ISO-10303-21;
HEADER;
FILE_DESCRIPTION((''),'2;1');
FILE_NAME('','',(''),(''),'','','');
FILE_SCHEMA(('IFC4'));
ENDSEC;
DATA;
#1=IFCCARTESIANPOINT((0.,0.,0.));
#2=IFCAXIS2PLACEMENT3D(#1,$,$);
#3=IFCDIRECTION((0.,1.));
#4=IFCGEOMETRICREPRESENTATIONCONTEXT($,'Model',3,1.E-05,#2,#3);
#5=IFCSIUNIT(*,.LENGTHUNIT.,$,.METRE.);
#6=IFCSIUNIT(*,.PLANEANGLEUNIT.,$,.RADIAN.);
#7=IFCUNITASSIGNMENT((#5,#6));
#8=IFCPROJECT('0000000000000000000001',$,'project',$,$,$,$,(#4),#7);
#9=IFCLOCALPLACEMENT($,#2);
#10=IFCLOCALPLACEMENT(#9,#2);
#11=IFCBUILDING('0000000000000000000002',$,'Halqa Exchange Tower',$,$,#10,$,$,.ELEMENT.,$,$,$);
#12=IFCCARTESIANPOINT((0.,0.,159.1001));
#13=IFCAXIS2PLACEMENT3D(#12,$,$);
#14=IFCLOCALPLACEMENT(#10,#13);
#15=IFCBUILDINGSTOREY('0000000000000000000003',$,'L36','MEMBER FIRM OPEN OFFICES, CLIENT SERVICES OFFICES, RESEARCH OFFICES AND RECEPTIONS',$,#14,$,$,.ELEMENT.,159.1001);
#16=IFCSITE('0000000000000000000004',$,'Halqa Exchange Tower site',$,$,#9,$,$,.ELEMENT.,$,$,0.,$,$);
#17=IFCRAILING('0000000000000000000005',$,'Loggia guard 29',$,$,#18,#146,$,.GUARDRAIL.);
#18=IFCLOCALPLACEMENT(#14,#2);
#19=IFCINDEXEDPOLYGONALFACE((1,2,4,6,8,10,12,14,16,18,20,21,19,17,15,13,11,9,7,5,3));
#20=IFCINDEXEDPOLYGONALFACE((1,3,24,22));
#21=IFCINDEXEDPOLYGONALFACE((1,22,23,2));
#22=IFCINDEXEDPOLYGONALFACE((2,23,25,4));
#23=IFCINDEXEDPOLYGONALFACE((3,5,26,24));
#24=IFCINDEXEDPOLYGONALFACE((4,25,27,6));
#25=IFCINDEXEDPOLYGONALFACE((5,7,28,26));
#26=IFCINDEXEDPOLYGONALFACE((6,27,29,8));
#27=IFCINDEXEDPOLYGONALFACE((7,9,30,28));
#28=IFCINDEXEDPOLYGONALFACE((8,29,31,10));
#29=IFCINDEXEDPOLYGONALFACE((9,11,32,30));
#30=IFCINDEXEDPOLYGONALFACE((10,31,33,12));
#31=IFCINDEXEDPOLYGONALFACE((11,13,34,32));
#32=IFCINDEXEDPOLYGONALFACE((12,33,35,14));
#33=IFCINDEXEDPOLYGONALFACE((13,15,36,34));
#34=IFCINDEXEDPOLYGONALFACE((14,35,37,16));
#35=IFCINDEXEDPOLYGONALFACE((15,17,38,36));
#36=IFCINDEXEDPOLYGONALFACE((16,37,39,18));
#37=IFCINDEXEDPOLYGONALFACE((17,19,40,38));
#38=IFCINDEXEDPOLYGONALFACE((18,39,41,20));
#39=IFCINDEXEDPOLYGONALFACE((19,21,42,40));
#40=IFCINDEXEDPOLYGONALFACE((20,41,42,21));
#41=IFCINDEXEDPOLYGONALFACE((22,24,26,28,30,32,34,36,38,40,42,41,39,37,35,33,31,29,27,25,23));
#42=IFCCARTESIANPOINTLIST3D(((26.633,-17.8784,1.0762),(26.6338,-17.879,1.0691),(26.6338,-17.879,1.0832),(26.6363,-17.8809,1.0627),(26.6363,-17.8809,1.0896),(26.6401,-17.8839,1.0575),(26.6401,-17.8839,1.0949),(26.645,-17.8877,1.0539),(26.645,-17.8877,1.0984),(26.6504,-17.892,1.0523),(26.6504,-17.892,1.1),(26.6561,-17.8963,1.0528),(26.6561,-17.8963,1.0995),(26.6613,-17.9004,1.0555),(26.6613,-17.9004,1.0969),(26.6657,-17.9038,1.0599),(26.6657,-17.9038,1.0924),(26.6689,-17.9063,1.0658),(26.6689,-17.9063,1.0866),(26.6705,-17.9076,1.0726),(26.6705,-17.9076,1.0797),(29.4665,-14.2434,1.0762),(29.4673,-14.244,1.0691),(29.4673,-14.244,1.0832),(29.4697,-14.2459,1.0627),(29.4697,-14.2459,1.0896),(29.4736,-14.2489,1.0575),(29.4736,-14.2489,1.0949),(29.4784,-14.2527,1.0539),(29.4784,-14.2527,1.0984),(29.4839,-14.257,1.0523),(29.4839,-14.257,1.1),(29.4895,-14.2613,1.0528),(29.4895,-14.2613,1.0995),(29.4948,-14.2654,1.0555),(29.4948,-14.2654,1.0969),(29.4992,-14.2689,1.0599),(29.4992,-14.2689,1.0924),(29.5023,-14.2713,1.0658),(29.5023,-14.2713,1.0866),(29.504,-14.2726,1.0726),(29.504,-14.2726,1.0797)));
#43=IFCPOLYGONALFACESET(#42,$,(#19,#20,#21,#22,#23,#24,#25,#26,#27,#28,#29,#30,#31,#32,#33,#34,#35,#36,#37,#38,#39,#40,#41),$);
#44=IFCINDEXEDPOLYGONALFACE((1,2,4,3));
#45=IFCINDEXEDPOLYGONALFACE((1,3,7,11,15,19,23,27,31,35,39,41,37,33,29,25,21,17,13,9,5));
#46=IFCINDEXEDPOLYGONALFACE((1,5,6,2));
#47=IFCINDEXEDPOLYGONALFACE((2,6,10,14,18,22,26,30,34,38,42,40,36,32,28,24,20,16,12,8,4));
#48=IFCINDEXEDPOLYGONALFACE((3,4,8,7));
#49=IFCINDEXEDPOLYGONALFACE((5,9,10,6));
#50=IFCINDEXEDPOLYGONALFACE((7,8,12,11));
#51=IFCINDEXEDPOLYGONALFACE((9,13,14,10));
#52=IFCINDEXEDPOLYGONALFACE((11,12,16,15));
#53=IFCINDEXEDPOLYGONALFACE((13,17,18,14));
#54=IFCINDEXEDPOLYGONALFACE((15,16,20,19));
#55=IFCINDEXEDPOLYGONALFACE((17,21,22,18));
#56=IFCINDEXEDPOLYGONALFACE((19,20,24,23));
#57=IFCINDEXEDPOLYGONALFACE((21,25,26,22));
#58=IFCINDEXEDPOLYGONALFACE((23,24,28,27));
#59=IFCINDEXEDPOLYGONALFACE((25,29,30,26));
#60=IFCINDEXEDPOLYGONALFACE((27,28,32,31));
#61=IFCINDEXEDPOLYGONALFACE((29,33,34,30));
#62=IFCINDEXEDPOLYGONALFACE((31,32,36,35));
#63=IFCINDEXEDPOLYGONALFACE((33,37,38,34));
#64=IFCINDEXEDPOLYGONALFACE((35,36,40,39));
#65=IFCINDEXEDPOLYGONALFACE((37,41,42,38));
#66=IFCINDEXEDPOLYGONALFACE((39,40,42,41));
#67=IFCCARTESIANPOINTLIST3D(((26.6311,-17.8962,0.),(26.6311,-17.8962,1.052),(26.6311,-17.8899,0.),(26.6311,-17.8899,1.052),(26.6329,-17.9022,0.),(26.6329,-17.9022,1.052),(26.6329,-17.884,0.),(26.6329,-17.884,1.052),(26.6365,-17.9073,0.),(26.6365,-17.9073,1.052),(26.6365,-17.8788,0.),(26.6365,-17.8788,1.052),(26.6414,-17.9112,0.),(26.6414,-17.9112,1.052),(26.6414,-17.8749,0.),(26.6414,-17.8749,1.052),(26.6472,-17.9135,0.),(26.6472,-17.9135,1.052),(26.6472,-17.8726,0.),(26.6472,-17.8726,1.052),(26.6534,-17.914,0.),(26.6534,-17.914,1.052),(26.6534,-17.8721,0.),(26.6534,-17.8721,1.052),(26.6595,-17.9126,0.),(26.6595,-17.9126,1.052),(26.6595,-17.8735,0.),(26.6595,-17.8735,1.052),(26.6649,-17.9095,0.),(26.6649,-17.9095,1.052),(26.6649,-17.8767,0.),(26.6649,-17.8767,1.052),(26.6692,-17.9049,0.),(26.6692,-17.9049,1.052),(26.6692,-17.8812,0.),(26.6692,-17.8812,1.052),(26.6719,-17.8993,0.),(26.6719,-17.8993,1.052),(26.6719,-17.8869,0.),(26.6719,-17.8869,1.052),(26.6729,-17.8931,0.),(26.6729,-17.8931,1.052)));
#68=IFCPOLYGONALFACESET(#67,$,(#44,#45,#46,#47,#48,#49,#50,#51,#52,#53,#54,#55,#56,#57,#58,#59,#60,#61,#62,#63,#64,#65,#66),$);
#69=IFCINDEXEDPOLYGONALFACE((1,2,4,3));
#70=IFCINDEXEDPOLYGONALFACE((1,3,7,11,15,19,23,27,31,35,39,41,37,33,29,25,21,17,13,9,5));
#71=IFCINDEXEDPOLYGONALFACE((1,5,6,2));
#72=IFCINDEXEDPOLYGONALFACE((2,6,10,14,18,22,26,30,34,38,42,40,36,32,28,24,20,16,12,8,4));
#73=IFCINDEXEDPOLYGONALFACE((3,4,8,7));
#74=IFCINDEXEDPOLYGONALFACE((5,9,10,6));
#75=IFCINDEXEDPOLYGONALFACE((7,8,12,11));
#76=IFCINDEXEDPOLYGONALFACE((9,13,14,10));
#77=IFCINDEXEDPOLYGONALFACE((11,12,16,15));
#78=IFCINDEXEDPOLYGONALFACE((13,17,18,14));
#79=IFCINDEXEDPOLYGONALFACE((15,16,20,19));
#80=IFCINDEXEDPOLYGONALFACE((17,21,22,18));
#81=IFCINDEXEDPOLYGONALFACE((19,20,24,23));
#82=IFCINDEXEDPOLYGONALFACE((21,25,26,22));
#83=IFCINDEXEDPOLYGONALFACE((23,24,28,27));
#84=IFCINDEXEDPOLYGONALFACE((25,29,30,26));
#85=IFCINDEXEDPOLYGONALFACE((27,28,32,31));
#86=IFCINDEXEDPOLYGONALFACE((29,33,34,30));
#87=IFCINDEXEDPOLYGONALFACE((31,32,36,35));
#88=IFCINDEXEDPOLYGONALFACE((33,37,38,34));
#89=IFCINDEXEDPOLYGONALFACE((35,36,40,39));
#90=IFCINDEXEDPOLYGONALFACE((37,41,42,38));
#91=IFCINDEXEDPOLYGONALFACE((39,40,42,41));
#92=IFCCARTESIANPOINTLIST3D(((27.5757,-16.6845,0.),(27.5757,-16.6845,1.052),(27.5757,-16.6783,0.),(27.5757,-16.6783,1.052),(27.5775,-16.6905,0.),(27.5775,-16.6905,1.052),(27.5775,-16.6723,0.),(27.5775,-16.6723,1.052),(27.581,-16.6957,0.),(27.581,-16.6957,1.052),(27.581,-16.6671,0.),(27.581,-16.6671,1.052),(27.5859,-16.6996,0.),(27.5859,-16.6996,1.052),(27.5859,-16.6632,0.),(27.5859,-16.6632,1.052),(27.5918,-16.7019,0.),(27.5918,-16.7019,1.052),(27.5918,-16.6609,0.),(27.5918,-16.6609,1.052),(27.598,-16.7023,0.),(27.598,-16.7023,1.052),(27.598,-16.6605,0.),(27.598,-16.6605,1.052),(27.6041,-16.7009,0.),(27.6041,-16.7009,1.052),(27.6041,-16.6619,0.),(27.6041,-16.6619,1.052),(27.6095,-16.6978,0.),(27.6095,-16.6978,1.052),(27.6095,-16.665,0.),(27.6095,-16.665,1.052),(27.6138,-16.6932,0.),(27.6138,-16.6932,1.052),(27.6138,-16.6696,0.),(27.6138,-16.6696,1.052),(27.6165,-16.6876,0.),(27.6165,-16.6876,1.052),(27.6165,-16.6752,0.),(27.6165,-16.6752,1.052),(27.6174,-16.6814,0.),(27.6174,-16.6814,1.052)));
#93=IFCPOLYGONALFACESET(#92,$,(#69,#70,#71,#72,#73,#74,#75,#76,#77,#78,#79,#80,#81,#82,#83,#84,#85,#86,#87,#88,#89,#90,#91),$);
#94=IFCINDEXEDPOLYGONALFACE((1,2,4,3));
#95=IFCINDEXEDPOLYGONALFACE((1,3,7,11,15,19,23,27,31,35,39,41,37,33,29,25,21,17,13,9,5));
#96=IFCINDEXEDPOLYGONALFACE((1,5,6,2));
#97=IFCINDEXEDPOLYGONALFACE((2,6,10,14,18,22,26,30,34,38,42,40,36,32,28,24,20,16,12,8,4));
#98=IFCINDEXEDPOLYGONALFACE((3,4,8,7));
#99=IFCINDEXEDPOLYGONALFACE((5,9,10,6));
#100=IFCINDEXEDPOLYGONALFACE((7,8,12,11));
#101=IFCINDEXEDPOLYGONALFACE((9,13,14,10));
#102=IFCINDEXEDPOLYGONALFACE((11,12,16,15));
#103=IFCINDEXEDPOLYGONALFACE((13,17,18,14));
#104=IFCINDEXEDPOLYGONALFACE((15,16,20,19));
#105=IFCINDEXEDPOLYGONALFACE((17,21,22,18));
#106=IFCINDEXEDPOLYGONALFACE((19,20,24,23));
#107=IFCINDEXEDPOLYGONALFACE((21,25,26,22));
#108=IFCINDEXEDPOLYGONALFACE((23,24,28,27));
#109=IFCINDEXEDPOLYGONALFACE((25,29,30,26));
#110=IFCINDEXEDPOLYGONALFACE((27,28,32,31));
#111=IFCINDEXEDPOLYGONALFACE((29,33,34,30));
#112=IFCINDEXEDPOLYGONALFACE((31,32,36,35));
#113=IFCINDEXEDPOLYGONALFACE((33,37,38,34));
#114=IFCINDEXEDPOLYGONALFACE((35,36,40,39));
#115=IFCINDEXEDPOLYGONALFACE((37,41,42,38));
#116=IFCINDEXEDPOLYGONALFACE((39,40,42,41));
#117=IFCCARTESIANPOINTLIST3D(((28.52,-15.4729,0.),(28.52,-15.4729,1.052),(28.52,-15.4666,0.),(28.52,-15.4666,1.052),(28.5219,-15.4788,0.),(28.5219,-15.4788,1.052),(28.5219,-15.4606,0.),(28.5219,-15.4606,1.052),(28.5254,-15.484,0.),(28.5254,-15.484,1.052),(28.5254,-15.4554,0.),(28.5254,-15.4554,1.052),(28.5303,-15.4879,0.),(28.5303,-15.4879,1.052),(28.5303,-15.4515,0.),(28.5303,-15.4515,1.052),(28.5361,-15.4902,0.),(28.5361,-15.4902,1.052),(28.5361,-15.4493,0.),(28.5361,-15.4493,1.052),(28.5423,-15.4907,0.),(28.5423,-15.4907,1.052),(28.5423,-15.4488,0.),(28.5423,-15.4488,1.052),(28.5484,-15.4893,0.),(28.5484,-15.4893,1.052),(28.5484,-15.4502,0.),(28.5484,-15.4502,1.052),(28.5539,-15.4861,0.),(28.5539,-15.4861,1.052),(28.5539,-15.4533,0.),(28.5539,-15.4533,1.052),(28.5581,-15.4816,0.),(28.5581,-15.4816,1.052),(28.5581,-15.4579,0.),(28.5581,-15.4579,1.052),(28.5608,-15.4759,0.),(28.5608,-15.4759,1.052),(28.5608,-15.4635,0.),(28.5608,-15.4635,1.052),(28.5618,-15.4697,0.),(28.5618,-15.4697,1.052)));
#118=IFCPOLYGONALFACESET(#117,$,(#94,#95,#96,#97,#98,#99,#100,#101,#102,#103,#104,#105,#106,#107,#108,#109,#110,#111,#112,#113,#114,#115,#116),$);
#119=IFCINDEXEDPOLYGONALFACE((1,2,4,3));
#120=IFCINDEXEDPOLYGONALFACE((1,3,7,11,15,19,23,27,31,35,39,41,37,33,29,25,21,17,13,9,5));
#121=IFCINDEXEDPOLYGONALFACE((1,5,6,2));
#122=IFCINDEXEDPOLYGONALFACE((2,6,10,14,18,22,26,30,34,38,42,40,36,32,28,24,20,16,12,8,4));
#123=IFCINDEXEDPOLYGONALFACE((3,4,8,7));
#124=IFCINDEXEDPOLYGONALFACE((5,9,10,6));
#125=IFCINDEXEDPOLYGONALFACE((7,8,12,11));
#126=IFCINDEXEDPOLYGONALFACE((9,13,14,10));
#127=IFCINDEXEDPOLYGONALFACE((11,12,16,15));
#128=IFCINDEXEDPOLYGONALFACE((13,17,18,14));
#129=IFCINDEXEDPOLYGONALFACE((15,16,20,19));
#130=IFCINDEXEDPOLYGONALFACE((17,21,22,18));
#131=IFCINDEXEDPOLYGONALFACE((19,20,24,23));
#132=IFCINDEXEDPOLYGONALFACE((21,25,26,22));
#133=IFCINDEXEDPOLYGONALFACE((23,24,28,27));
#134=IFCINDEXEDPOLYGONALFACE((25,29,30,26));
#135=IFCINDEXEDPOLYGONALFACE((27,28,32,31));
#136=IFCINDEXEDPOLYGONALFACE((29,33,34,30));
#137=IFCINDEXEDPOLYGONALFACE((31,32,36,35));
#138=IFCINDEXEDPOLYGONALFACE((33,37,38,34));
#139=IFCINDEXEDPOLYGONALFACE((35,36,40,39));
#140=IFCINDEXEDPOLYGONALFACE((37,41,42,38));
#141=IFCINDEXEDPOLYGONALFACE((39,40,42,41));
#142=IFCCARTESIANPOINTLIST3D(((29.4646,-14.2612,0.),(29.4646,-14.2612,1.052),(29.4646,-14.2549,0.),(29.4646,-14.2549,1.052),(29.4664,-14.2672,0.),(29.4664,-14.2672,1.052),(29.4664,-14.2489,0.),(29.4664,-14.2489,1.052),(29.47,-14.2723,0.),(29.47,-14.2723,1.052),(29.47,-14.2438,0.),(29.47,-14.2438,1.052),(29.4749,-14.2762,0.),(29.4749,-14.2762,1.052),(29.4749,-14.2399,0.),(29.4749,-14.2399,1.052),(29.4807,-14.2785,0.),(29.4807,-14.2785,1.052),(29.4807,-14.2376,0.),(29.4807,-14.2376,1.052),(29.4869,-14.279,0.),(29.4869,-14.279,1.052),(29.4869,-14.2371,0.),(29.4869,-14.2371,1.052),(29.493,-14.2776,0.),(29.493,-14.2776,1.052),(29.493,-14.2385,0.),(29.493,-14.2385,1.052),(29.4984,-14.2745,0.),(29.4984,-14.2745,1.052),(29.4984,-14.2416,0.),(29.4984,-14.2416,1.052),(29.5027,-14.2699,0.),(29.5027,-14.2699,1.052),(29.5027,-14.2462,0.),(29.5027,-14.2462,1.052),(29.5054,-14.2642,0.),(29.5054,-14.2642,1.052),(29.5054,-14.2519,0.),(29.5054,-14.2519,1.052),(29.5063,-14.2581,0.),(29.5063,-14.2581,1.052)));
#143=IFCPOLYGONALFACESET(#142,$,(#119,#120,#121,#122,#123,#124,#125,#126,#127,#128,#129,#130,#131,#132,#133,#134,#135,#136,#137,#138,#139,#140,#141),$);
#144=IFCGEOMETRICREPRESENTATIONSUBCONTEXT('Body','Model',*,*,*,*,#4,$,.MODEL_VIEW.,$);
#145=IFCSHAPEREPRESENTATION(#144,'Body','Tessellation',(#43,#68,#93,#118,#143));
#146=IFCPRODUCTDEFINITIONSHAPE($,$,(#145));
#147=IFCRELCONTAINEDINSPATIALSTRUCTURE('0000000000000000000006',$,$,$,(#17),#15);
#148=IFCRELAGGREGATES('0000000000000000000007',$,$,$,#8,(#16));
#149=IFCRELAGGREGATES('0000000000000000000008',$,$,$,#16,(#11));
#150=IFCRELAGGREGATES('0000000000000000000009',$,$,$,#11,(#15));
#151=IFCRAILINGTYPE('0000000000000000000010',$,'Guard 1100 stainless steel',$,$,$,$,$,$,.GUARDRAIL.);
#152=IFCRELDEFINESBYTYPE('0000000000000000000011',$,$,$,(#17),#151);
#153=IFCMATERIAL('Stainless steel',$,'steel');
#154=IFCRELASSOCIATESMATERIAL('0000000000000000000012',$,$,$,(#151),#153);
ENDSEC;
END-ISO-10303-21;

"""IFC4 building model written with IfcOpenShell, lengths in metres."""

from ifc_helpers import new_model, si_unit, direction, frame, origin, origin_2d, place, context, subcontext, project, spatial, circle, extrude, material, type_object, element, save


model = new_model("IFC4")

# Units and contexts
model_context = context("Model", 3, precision=1e-05, world=origin(), true_north=direction((0.0, 1.0)))
body_context = subcontext(model_context, "Body", "Model", "MODEL_VIEW")
ifc_project = project(units=[si_unit("LENGTHUNIT", "METRE"), si_unit("PLANEANGLEUNIT", "RADIAN")], contexts=[model_context])

# Site, building, storey
site_placement = place(None, origin())
site = spatial("IfcSite", under=ifc_project, at=site_placement, Name="Halqa Exchange Tower site", CompositionType="ELEMENT", RefElevation=0.0)
building_placement = place(site_placement, origin())
building = spatial("IfcBuilding", under=site, at=building_placement, Name="Halqa Exchange Tower", CompositionType="ELEMENT")
storey_placement = place(building_placement, frame((0.0, 0.0, 159.1001)))
storey = spatial("IfcBuildingStorey", under=building, at=storey_placement, Name="L36", Description="MEMBER FIRM OPEN OFFICES, CLIENT SERVICES OFFICES, RESEARCH OFFICES AND RECEPTIONS", CompositionType="ELEMENT", Elevation=159.1001)

# Railing
ifc_material_1 = material(Name="Stainless steel", Category="steel")
railing_type = type_object("IfcRailingType", Name="Guard 1100 stainless steel", PredefinedType="GUARDRAIL", material=ifc_material_1)
railing_1_placement = place(storey_placement, frame((26.6519, -17.8931, 0.0)))
element("IfcRailing", 1, at=railing_1_placement, inside=storey, type_object=railing_type, Name="Loggia guard 29", PredefinedType="GUARDRAIL", context=body_context, shape_type="SweptSolid", body=[
    extrude(circle(Radius=0.0239, at=origin_2d()), frame((0.0, 0.0, 1.0762), z_axis=(0.614787, 0.788693, 0.0), x_axis=(-0.788693, 0.614787, 0.0)), (0.0, 0.0, 1.0), 4.6089),
    extrude(circle(Radius=0.021, at=origin_2d()), origin(), (0.0, 0.0, 1.0), 1.052),
    extrude(circle(Radius=0.021, at=origin_2d()), frame((0.9446, 1.2117, 0.0)), (0.0, 0.0, 1.0), 1.052),
    extrude(circle(Radius=0.021, at=origin_2d()), frame((1.8889, 2.4233, 0.0)), (0.0, 0.0, 1.0), 1.052),
    extrude(circle(Radius=0.021, at=origin_2d()), frame((2.8335, 3.635, 0.0)), (0.0, 0.0, 1.0), 1.052),
])

save(model, "model.ifc")
